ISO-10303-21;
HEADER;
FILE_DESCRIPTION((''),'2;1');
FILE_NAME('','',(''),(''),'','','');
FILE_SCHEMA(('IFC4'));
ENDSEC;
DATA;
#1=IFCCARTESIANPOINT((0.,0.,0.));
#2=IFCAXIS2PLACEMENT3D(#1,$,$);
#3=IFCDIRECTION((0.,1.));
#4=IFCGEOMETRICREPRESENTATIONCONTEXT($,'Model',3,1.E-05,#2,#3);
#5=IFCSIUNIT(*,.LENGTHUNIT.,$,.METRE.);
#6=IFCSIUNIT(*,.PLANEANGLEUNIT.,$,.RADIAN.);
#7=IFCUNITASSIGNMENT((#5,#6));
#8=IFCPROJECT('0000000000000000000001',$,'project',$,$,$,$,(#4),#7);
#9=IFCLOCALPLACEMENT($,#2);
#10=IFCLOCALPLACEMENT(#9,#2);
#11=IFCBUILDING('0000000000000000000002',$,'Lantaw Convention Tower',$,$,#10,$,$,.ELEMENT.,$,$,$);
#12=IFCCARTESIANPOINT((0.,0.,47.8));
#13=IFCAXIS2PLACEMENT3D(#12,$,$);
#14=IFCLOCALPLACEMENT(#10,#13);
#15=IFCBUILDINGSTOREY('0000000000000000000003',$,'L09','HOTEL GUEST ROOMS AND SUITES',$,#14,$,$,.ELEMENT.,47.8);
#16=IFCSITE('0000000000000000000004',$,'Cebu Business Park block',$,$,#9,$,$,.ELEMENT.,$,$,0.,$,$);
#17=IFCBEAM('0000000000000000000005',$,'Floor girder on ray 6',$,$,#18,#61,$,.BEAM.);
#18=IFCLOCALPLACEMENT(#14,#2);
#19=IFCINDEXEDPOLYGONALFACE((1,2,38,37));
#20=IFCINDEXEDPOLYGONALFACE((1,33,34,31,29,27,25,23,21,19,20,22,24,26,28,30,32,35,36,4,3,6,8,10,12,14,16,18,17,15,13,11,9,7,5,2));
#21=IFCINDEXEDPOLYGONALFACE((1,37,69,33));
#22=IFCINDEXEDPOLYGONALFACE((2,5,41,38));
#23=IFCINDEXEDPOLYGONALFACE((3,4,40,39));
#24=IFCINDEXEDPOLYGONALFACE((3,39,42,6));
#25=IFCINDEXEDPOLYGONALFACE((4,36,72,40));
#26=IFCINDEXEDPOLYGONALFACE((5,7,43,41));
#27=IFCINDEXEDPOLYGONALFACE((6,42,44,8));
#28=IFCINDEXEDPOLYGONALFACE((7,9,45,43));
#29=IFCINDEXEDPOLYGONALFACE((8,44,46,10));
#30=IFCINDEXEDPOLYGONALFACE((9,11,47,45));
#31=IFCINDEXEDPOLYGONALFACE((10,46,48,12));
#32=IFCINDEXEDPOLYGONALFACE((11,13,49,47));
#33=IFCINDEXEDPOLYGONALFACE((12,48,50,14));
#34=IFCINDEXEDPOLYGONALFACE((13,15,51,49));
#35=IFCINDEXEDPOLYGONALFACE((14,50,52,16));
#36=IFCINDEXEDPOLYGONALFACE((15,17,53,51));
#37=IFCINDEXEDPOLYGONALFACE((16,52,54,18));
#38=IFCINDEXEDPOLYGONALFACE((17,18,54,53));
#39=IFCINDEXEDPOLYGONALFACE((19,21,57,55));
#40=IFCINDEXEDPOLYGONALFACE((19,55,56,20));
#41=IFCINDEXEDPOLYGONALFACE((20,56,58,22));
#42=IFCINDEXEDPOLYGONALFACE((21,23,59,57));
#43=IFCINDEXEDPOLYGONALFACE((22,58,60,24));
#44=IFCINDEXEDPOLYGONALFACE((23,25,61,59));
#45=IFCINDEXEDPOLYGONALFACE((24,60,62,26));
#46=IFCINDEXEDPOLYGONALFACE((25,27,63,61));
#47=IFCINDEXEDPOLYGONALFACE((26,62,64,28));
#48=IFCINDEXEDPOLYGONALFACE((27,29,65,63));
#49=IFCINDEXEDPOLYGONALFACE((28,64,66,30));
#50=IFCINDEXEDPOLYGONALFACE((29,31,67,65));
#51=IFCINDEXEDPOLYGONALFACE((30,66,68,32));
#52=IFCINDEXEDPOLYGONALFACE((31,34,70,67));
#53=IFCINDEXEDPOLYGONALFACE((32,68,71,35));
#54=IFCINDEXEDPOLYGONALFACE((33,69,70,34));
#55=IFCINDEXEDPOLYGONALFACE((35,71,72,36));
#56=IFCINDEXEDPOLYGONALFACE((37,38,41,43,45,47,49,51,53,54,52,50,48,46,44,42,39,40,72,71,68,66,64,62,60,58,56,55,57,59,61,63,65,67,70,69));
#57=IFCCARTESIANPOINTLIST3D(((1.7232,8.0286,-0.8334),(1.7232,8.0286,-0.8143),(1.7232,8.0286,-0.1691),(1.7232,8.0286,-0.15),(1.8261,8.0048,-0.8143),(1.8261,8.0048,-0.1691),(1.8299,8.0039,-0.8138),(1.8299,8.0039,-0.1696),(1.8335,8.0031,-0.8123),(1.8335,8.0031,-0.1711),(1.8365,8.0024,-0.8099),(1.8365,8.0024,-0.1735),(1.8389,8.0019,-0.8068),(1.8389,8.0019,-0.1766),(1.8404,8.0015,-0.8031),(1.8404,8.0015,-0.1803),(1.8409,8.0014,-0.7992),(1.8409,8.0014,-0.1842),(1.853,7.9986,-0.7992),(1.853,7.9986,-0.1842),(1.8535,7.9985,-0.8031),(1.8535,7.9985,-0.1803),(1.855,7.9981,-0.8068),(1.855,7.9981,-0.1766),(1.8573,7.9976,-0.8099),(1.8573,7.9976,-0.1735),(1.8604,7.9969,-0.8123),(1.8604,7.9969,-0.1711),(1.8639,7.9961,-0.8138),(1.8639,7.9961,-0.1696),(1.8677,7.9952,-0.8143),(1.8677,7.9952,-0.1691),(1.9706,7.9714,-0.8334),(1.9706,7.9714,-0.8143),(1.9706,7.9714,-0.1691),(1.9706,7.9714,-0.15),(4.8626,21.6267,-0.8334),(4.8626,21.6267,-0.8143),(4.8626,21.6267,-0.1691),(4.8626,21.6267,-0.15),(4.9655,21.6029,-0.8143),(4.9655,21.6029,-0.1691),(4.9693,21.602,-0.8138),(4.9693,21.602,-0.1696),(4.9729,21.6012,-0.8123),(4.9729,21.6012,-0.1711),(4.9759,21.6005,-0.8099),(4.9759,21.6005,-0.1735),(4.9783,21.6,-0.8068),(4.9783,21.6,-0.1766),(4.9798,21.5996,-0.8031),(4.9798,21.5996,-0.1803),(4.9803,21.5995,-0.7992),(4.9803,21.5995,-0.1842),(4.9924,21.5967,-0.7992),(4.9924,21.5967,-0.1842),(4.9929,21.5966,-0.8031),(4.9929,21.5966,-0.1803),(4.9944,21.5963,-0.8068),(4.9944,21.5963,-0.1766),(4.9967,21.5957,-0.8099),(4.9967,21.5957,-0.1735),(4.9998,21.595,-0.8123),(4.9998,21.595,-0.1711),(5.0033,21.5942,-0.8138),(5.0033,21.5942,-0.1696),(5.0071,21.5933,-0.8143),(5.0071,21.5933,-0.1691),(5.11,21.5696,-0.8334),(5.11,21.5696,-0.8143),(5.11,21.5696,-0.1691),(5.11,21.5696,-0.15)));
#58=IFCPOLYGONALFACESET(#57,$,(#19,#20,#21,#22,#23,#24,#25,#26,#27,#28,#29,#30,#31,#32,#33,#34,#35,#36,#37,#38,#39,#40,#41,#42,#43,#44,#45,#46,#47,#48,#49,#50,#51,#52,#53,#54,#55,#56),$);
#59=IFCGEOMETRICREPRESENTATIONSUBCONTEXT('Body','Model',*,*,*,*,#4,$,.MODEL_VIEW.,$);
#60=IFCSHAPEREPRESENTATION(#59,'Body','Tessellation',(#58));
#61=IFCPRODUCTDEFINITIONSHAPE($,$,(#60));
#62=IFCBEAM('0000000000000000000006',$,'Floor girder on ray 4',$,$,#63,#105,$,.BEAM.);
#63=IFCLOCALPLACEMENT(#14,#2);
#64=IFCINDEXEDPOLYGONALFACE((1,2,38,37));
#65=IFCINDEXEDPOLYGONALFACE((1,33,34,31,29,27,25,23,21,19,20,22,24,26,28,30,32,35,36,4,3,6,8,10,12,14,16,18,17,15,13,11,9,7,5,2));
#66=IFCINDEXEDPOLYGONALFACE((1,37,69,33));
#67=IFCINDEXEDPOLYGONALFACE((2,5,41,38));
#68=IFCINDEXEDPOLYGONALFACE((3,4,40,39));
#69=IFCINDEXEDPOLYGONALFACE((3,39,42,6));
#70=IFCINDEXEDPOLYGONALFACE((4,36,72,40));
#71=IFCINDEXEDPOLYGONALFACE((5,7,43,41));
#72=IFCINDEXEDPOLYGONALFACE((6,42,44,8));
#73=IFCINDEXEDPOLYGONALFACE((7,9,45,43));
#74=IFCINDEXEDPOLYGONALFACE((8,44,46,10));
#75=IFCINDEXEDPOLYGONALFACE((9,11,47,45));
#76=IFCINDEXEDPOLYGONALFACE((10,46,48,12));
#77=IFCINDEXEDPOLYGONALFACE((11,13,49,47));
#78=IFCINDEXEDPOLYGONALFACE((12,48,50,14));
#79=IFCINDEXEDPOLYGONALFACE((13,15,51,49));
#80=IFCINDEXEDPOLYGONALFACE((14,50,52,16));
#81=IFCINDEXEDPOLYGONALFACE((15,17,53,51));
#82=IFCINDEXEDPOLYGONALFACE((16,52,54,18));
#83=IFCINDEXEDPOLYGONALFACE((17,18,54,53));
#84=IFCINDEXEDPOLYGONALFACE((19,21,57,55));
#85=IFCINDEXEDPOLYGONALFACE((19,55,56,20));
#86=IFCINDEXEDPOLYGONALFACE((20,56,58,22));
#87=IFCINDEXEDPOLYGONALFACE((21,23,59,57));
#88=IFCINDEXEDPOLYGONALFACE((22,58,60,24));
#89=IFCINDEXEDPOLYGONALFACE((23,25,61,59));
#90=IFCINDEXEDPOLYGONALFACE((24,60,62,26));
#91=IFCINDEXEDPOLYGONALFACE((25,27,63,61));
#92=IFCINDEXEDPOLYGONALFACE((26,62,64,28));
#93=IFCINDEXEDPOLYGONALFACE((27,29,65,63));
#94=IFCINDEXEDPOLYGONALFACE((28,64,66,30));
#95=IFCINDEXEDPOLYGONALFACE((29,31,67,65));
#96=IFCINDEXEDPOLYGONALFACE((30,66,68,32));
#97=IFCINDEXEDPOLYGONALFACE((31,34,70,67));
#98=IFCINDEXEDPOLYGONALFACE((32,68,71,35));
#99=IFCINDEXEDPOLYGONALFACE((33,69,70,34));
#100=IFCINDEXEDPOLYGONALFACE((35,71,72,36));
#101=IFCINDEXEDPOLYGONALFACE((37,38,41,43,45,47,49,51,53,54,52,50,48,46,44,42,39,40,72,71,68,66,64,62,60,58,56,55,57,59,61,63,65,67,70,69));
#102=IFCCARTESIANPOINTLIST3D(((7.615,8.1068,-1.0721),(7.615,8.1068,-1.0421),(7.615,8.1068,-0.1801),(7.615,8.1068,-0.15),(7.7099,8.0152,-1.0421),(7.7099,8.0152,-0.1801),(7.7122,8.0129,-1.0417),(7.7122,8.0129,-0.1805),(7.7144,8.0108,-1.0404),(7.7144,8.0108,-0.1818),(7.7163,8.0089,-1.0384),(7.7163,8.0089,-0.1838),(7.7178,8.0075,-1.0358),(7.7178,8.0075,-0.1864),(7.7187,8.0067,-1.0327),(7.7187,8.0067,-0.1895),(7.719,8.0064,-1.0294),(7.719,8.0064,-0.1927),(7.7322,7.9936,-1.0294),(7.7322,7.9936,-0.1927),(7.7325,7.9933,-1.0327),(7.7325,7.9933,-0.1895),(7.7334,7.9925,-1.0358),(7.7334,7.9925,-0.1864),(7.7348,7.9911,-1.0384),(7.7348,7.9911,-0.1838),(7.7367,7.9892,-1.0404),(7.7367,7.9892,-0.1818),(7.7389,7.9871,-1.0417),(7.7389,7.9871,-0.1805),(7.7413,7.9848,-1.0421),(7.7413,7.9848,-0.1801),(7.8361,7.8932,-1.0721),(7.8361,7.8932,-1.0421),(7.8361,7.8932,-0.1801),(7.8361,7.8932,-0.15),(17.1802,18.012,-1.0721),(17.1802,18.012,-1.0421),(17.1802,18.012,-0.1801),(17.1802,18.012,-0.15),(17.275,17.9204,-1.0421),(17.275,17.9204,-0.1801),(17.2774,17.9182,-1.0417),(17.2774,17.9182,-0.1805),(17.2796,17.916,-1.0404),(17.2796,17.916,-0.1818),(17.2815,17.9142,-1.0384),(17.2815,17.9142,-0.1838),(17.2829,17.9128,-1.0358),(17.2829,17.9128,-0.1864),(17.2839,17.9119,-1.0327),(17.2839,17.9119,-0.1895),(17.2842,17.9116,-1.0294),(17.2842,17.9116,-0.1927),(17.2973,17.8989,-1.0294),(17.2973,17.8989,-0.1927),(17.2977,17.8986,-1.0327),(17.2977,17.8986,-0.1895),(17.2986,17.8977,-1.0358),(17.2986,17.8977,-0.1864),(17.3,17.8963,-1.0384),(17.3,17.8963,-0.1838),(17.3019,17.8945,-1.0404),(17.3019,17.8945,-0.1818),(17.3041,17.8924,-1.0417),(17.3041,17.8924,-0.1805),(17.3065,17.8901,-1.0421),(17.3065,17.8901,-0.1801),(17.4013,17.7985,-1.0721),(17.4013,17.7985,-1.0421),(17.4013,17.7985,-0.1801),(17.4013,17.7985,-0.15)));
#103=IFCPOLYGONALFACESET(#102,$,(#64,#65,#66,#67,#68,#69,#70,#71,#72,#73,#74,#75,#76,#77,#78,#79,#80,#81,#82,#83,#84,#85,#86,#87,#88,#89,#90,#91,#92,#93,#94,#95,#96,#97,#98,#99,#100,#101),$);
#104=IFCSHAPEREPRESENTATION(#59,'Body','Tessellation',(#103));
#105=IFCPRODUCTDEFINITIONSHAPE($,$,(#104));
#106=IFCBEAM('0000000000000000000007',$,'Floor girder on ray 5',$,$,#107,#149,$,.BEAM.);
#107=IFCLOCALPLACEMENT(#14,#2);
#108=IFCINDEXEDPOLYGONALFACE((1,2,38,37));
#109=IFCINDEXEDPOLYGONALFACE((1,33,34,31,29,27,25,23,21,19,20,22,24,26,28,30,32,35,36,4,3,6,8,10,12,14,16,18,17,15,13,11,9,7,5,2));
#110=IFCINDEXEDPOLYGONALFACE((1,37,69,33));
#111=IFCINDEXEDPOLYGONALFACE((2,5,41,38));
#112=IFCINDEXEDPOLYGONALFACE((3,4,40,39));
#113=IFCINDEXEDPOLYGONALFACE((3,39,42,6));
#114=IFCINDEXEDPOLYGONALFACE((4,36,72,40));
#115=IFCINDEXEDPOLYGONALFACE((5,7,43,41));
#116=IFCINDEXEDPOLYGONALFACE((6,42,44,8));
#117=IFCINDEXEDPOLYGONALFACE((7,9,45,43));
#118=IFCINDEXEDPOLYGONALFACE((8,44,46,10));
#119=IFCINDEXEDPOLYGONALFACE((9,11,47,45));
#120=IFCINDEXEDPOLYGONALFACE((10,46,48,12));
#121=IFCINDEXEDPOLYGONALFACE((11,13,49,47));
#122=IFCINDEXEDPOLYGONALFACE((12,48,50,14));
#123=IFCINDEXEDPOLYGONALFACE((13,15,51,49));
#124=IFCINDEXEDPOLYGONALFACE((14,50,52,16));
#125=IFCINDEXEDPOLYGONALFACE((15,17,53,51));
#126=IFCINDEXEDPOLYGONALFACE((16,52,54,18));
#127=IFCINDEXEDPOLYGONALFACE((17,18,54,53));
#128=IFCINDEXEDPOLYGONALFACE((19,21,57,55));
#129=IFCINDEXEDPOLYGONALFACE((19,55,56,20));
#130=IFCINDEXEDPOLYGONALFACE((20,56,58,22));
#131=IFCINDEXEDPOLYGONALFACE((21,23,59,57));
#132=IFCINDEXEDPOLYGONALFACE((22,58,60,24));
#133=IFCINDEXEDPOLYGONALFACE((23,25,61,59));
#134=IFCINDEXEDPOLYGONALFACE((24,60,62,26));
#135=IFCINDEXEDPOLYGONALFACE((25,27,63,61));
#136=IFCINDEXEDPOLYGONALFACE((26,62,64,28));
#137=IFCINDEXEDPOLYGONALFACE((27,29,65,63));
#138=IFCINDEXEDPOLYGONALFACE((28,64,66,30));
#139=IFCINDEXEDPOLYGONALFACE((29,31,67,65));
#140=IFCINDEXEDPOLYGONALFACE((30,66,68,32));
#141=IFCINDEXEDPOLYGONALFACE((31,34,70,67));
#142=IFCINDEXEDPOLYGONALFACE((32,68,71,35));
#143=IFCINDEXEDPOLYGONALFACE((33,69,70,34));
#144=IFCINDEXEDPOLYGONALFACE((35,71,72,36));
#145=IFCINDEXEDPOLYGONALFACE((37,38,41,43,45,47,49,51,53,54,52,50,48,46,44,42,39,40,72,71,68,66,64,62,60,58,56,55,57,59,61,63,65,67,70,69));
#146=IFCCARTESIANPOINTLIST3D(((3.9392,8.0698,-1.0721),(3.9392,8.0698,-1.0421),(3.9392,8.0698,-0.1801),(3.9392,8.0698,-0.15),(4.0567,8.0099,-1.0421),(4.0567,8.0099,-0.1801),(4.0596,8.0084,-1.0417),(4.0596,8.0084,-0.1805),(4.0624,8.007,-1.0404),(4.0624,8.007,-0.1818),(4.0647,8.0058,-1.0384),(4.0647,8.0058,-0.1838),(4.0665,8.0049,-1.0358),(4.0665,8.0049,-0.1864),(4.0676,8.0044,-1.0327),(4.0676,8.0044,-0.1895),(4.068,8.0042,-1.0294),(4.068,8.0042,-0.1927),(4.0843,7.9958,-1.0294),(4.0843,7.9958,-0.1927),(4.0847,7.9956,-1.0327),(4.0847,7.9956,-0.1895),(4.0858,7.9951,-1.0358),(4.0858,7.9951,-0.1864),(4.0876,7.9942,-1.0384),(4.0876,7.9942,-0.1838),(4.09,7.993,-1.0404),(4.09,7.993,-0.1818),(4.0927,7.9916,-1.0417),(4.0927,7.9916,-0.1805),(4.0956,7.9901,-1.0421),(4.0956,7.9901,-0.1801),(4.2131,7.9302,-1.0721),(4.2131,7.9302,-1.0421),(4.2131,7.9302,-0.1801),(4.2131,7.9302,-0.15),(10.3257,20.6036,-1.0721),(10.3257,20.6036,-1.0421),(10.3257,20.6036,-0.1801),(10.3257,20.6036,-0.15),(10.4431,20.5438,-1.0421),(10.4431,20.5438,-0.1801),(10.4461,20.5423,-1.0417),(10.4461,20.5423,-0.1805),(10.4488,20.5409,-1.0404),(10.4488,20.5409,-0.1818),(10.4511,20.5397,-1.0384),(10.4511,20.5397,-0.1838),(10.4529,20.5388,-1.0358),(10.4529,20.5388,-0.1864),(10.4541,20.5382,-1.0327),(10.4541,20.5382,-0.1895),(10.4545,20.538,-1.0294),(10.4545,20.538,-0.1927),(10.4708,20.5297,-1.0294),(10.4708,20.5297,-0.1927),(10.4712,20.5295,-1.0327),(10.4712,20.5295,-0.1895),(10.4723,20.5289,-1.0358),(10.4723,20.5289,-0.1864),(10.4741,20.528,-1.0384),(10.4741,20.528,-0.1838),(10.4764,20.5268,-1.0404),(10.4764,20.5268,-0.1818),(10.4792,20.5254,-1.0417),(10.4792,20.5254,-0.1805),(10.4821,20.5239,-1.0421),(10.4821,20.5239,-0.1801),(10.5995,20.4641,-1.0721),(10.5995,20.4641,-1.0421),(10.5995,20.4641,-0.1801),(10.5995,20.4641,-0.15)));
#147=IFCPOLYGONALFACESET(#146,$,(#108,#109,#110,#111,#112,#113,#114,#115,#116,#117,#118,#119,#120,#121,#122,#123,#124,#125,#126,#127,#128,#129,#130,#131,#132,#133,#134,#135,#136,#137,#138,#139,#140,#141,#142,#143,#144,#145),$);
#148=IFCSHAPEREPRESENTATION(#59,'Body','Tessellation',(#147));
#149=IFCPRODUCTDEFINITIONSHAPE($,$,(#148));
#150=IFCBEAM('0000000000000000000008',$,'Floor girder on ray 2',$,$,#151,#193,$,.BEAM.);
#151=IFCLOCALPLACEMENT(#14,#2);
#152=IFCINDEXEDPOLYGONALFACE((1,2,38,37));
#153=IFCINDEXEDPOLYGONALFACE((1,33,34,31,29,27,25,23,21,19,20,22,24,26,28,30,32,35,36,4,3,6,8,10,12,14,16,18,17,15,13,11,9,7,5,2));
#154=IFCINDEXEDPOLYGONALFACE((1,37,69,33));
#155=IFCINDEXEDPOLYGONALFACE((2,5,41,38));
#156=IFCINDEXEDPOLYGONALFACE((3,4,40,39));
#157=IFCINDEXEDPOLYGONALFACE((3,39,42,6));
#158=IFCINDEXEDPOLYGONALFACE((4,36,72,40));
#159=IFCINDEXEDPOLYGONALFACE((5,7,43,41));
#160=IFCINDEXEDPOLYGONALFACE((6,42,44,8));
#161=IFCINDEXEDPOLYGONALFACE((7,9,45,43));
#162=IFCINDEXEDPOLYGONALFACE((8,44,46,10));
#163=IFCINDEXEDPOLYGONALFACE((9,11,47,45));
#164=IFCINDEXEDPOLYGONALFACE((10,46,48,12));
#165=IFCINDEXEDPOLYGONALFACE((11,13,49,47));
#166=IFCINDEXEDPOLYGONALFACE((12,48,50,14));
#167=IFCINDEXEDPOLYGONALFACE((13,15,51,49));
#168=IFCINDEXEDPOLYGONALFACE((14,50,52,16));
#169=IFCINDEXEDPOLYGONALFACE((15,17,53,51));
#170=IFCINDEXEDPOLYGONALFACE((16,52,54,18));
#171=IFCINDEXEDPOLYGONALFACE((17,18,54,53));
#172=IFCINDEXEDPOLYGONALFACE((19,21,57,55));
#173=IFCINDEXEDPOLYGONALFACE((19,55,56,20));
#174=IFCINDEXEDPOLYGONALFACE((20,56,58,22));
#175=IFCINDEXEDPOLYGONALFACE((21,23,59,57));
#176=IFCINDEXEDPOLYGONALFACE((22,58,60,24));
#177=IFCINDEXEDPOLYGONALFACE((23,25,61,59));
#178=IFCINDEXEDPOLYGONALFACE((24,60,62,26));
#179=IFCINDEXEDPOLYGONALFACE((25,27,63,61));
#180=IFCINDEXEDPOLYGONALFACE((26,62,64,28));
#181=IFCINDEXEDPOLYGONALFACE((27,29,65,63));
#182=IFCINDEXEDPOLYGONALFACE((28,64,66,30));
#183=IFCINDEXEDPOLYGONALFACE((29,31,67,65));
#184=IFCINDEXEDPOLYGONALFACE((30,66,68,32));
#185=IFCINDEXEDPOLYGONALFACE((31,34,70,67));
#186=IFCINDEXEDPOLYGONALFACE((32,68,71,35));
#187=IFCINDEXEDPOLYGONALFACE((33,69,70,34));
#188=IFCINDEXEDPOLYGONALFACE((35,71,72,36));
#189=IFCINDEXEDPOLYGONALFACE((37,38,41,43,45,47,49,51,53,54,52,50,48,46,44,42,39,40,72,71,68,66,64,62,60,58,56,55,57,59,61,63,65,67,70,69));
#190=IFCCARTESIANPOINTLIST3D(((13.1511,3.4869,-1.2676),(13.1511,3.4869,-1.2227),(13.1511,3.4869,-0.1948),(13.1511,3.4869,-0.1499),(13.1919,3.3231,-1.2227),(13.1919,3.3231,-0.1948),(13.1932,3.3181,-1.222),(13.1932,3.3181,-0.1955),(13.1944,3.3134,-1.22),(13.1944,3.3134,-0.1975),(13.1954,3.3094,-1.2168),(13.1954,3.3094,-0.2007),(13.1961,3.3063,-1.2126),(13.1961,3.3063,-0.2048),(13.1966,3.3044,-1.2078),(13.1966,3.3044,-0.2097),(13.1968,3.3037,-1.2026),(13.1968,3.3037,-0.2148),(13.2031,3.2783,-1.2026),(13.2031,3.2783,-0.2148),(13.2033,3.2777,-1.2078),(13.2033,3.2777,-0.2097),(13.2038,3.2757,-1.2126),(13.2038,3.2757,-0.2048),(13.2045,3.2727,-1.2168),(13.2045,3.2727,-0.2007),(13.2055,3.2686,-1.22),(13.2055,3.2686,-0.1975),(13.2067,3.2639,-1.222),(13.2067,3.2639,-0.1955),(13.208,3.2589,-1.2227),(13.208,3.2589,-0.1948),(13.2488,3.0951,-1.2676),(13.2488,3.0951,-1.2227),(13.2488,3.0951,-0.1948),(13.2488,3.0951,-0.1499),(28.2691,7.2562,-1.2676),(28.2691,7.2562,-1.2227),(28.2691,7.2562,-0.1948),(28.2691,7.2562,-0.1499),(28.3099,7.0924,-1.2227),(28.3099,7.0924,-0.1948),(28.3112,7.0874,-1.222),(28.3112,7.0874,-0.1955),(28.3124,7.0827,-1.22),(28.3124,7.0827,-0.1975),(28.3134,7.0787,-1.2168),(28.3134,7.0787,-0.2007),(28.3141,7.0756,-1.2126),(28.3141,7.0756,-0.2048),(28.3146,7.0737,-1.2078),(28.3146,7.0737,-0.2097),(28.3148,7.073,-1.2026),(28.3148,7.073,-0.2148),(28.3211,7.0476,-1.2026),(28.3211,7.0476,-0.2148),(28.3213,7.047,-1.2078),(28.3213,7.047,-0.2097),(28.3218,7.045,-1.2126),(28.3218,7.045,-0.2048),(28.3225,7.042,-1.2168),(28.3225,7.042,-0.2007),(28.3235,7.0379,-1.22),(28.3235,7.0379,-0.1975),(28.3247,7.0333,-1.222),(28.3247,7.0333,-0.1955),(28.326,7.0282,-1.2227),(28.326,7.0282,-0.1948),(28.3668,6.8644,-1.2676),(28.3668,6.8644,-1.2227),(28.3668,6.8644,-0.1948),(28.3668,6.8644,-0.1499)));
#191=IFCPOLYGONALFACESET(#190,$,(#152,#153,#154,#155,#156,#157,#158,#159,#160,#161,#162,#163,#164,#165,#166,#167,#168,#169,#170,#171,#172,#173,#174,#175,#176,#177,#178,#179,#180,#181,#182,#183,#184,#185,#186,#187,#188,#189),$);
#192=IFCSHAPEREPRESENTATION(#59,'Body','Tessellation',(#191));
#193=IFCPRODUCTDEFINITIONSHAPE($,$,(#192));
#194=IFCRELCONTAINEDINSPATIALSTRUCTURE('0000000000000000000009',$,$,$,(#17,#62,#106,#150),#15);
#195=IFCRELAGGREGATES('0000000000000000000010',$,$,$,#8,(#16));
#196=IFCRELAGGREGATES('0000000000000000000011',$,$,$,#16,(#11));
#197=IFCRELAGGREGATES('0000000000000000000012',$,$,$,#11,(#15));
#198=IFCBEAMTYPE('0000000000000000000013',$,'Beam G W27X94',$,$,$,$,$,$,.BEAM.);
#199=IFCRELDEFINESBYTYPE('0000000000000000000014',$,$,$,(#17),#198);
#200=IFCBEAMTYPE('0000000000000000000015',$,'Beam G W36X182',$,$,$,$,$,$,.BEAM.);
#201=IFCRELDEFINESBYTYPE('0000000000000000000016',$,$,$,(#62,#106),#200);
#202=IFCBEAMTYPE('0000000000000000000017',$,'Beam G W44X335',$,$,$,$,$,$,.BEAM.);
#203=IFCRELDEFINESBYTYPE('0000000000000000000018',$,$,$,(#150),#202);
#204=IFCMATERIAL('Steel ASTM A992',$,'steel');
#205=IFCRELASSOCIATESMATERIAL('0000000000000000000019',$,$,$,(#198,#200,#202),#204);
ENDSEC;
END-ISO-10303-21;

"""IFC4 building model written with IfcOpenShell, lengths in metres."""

from ifc_helpers import new_model, si_unit, direction, frame, origin, origin_2d, place, context, subcontext, project, spatial, i_section, extrude, material, material_profile, profile_set, type_object, element, save


model = new_model("IFC4")

# Units and contexts
model_context = context("Model", 3, precision=1e-05, world=origin(), true_north=direction((0.0, 1.0)))
body_context = subcontext(model_context, "Body", "Model", "MODEL_VIEW")
ifc_project = project(units=[si_unit("LENGTHUNIT", "METRE"), si_unit("PLANEANGLEUNIT", "RADIAN")], contexts=[model_context])

# Site, building, storey
site_placement = place(None, origin())
site = spatial("IfcSite", under=ifc_project, at=site_placement, Name="Cebu Business Park block", CompositionType="ELEMENT", RefElevation=0.0)
building_placement = place(site_placement, origin())
building = spatial("IfcBuilding", under=site, at=building_placement, Name="Lantaw Convention Tower", CompositionType="ELEMENT")
storey_placement = place(building_placement, frame((0.0, 0.0, 47.8)))
storey = spatial("IfcBuildingStorey", under=building, at=storey_placement, Name="L09", Description="HOTEL GUEST ROOMS AND SUITES", CompositionType="ELEMENT", Elevation=47.8)

# Beams
ifc_material_1 = material(Name="Steel ASTM A992", Category="steel")
ifc_material_profile_1 = material_profile(ifc_material_1, i_section(OverallWidth=0.2539, OverallDepth=0.6833, WebThickness=0.0125, FlangeThickness=0.019, FilletRadius=0.0151, at=origin_2d()), Name="W27X94")
ifc_profile_set_1 = profile_set([ifc_material_profile_1], Name="Steel ASTM A992")
beam_type_1 = type_object("IfcBeamType", Name="Beam G W27X94", PredefinedType="BEAM", material=ifc_profile_set_1)
beam_1_placement = place(storey_placement, frame((1.8469, 8.0, -0.4917), z_axis=(0.224953, 0.97437, 0.0), x_axis=(-0.97437, 0.224953, 0.0)))
element("IfcBeam", 1, at=beam_1_placement, inside=storey, type_object=beam_type_1, Name="Floor girder on ray 6", PredefinedType="BEAM", context=body_context, shape_type="SweptSolid", body=[
    extrude(i_section(OverallWidth=0.2539, OverallDepth=0.6833, WebThickness=0.0125, FlangeThickness=0.019, FilletRadius=0.0151, at=origin_2d()), origin(), (0.0, 0.0, 1.0), 13.9558),
])
ifc_material_profile_2 = material_profile(ifc_material_1, i_section(OverallWidth=0.3074, OverallDepth=0.9221, WebThickness=0.0183, FlangeThickness=0.03, FilletRadius=0.0127, at=origin_2d()), Name="W36X182")
ifc_profile_set_2 = profile_set([ifc_material_profile_2], Name="Steel ASTM A992")
beam_type_2 = type_object("IfcBeamType", Name="Beam G W36X182", PredefinedType="BEAM", material=ifc_profile_set_2)
beam_2_placement = place(storey_placement, frame((7.7256, 8.0, -0.6111), z_axis=(0.69465, 0.719348, 0.0), x_axis=(-0.719348, 0.69465, 0.0)))
element("IfcBeam", 2, at=beam_2_placement, inside=storey, type_object=beam_type_2, Name="Floor girder on ray 4", PredefinedType="BEAM", context=body_context, shape_type="SweptSolid", body=[
    extrude(i_section(OverallWidth=0.3074, OverallDepth=0.9221, WebThickness=0.0183, FlangeThickness=0.03, FilletRadius=0.0127, at=origin_2d()), origin(), (0.0, 0.0, 1.0), 13.7698),
])
beam_3_placement = place(storey_placement, frame((4.0762, 8.0, -0.6111), z_axis=(0.453997, 0.891003, 0.0), x_axis=(-0.891003, 0.453997, 0.0)))
element("IfcBeam", 3, at=beam_3_placement, inside=storey, type_object=beam_type_2, Name="Floor girder on ray 5", PredefinedType="BEAM", context=body_context, shape_type="SweptSolid", body=[
    extrude(i_section(OverallWidth=0.3074, OverallDepth=0.9221, WebThickness=0.0183, FlangeThickness=0.03, FilletRadius=0.0127, at=origin_2d()), origin(), (0.0, 0.0, 1.0), 14.0671),
])
ifc_material_profile_3 = material_profile(ifc_material_1, i_section(OverallWidth=0.4038, OverallDepth=1.1177, WebThickness=0.0261, FlangeThickness=0.0449, FilletRadius=0.02, at=origin_2d()), Name="W44X335")
ifc_profile_set_3 = profile_set([ifc_material_profile_3], Name="Steel ASTM A992")
beam_type_3 = type_object("IfcBeamType", Name="Beam G W44X335", PredefinedType="BEAM", material=ifc_profile_set_3)
beam_4_placement = place(storey_placement, frame((13.2, 3.291, -0.7087), z_axis=(0.970296, 0.24192, 0.0), x_axis=(-0.24192, 0.970296, 0.0)))
element("IfcBeam", 4, at=beam_4_placement, inside=storey, type_object=beam_type_3, Name="Floor girder on ray 2", PredefinedType="BEAM", context=body_context, shape_type="SweptSolid", body=[
    extrude(i_section(OverallWidth=0.4038, OverallDepth=1.1177, WebThickness=0.0261, FlangeThickness=0.0449, FilletRadius=0.02, at=origin_2d()), origin(), (0.0, 0.0, 1.0), 15.5808),
])

save(model, "model.ifc")
